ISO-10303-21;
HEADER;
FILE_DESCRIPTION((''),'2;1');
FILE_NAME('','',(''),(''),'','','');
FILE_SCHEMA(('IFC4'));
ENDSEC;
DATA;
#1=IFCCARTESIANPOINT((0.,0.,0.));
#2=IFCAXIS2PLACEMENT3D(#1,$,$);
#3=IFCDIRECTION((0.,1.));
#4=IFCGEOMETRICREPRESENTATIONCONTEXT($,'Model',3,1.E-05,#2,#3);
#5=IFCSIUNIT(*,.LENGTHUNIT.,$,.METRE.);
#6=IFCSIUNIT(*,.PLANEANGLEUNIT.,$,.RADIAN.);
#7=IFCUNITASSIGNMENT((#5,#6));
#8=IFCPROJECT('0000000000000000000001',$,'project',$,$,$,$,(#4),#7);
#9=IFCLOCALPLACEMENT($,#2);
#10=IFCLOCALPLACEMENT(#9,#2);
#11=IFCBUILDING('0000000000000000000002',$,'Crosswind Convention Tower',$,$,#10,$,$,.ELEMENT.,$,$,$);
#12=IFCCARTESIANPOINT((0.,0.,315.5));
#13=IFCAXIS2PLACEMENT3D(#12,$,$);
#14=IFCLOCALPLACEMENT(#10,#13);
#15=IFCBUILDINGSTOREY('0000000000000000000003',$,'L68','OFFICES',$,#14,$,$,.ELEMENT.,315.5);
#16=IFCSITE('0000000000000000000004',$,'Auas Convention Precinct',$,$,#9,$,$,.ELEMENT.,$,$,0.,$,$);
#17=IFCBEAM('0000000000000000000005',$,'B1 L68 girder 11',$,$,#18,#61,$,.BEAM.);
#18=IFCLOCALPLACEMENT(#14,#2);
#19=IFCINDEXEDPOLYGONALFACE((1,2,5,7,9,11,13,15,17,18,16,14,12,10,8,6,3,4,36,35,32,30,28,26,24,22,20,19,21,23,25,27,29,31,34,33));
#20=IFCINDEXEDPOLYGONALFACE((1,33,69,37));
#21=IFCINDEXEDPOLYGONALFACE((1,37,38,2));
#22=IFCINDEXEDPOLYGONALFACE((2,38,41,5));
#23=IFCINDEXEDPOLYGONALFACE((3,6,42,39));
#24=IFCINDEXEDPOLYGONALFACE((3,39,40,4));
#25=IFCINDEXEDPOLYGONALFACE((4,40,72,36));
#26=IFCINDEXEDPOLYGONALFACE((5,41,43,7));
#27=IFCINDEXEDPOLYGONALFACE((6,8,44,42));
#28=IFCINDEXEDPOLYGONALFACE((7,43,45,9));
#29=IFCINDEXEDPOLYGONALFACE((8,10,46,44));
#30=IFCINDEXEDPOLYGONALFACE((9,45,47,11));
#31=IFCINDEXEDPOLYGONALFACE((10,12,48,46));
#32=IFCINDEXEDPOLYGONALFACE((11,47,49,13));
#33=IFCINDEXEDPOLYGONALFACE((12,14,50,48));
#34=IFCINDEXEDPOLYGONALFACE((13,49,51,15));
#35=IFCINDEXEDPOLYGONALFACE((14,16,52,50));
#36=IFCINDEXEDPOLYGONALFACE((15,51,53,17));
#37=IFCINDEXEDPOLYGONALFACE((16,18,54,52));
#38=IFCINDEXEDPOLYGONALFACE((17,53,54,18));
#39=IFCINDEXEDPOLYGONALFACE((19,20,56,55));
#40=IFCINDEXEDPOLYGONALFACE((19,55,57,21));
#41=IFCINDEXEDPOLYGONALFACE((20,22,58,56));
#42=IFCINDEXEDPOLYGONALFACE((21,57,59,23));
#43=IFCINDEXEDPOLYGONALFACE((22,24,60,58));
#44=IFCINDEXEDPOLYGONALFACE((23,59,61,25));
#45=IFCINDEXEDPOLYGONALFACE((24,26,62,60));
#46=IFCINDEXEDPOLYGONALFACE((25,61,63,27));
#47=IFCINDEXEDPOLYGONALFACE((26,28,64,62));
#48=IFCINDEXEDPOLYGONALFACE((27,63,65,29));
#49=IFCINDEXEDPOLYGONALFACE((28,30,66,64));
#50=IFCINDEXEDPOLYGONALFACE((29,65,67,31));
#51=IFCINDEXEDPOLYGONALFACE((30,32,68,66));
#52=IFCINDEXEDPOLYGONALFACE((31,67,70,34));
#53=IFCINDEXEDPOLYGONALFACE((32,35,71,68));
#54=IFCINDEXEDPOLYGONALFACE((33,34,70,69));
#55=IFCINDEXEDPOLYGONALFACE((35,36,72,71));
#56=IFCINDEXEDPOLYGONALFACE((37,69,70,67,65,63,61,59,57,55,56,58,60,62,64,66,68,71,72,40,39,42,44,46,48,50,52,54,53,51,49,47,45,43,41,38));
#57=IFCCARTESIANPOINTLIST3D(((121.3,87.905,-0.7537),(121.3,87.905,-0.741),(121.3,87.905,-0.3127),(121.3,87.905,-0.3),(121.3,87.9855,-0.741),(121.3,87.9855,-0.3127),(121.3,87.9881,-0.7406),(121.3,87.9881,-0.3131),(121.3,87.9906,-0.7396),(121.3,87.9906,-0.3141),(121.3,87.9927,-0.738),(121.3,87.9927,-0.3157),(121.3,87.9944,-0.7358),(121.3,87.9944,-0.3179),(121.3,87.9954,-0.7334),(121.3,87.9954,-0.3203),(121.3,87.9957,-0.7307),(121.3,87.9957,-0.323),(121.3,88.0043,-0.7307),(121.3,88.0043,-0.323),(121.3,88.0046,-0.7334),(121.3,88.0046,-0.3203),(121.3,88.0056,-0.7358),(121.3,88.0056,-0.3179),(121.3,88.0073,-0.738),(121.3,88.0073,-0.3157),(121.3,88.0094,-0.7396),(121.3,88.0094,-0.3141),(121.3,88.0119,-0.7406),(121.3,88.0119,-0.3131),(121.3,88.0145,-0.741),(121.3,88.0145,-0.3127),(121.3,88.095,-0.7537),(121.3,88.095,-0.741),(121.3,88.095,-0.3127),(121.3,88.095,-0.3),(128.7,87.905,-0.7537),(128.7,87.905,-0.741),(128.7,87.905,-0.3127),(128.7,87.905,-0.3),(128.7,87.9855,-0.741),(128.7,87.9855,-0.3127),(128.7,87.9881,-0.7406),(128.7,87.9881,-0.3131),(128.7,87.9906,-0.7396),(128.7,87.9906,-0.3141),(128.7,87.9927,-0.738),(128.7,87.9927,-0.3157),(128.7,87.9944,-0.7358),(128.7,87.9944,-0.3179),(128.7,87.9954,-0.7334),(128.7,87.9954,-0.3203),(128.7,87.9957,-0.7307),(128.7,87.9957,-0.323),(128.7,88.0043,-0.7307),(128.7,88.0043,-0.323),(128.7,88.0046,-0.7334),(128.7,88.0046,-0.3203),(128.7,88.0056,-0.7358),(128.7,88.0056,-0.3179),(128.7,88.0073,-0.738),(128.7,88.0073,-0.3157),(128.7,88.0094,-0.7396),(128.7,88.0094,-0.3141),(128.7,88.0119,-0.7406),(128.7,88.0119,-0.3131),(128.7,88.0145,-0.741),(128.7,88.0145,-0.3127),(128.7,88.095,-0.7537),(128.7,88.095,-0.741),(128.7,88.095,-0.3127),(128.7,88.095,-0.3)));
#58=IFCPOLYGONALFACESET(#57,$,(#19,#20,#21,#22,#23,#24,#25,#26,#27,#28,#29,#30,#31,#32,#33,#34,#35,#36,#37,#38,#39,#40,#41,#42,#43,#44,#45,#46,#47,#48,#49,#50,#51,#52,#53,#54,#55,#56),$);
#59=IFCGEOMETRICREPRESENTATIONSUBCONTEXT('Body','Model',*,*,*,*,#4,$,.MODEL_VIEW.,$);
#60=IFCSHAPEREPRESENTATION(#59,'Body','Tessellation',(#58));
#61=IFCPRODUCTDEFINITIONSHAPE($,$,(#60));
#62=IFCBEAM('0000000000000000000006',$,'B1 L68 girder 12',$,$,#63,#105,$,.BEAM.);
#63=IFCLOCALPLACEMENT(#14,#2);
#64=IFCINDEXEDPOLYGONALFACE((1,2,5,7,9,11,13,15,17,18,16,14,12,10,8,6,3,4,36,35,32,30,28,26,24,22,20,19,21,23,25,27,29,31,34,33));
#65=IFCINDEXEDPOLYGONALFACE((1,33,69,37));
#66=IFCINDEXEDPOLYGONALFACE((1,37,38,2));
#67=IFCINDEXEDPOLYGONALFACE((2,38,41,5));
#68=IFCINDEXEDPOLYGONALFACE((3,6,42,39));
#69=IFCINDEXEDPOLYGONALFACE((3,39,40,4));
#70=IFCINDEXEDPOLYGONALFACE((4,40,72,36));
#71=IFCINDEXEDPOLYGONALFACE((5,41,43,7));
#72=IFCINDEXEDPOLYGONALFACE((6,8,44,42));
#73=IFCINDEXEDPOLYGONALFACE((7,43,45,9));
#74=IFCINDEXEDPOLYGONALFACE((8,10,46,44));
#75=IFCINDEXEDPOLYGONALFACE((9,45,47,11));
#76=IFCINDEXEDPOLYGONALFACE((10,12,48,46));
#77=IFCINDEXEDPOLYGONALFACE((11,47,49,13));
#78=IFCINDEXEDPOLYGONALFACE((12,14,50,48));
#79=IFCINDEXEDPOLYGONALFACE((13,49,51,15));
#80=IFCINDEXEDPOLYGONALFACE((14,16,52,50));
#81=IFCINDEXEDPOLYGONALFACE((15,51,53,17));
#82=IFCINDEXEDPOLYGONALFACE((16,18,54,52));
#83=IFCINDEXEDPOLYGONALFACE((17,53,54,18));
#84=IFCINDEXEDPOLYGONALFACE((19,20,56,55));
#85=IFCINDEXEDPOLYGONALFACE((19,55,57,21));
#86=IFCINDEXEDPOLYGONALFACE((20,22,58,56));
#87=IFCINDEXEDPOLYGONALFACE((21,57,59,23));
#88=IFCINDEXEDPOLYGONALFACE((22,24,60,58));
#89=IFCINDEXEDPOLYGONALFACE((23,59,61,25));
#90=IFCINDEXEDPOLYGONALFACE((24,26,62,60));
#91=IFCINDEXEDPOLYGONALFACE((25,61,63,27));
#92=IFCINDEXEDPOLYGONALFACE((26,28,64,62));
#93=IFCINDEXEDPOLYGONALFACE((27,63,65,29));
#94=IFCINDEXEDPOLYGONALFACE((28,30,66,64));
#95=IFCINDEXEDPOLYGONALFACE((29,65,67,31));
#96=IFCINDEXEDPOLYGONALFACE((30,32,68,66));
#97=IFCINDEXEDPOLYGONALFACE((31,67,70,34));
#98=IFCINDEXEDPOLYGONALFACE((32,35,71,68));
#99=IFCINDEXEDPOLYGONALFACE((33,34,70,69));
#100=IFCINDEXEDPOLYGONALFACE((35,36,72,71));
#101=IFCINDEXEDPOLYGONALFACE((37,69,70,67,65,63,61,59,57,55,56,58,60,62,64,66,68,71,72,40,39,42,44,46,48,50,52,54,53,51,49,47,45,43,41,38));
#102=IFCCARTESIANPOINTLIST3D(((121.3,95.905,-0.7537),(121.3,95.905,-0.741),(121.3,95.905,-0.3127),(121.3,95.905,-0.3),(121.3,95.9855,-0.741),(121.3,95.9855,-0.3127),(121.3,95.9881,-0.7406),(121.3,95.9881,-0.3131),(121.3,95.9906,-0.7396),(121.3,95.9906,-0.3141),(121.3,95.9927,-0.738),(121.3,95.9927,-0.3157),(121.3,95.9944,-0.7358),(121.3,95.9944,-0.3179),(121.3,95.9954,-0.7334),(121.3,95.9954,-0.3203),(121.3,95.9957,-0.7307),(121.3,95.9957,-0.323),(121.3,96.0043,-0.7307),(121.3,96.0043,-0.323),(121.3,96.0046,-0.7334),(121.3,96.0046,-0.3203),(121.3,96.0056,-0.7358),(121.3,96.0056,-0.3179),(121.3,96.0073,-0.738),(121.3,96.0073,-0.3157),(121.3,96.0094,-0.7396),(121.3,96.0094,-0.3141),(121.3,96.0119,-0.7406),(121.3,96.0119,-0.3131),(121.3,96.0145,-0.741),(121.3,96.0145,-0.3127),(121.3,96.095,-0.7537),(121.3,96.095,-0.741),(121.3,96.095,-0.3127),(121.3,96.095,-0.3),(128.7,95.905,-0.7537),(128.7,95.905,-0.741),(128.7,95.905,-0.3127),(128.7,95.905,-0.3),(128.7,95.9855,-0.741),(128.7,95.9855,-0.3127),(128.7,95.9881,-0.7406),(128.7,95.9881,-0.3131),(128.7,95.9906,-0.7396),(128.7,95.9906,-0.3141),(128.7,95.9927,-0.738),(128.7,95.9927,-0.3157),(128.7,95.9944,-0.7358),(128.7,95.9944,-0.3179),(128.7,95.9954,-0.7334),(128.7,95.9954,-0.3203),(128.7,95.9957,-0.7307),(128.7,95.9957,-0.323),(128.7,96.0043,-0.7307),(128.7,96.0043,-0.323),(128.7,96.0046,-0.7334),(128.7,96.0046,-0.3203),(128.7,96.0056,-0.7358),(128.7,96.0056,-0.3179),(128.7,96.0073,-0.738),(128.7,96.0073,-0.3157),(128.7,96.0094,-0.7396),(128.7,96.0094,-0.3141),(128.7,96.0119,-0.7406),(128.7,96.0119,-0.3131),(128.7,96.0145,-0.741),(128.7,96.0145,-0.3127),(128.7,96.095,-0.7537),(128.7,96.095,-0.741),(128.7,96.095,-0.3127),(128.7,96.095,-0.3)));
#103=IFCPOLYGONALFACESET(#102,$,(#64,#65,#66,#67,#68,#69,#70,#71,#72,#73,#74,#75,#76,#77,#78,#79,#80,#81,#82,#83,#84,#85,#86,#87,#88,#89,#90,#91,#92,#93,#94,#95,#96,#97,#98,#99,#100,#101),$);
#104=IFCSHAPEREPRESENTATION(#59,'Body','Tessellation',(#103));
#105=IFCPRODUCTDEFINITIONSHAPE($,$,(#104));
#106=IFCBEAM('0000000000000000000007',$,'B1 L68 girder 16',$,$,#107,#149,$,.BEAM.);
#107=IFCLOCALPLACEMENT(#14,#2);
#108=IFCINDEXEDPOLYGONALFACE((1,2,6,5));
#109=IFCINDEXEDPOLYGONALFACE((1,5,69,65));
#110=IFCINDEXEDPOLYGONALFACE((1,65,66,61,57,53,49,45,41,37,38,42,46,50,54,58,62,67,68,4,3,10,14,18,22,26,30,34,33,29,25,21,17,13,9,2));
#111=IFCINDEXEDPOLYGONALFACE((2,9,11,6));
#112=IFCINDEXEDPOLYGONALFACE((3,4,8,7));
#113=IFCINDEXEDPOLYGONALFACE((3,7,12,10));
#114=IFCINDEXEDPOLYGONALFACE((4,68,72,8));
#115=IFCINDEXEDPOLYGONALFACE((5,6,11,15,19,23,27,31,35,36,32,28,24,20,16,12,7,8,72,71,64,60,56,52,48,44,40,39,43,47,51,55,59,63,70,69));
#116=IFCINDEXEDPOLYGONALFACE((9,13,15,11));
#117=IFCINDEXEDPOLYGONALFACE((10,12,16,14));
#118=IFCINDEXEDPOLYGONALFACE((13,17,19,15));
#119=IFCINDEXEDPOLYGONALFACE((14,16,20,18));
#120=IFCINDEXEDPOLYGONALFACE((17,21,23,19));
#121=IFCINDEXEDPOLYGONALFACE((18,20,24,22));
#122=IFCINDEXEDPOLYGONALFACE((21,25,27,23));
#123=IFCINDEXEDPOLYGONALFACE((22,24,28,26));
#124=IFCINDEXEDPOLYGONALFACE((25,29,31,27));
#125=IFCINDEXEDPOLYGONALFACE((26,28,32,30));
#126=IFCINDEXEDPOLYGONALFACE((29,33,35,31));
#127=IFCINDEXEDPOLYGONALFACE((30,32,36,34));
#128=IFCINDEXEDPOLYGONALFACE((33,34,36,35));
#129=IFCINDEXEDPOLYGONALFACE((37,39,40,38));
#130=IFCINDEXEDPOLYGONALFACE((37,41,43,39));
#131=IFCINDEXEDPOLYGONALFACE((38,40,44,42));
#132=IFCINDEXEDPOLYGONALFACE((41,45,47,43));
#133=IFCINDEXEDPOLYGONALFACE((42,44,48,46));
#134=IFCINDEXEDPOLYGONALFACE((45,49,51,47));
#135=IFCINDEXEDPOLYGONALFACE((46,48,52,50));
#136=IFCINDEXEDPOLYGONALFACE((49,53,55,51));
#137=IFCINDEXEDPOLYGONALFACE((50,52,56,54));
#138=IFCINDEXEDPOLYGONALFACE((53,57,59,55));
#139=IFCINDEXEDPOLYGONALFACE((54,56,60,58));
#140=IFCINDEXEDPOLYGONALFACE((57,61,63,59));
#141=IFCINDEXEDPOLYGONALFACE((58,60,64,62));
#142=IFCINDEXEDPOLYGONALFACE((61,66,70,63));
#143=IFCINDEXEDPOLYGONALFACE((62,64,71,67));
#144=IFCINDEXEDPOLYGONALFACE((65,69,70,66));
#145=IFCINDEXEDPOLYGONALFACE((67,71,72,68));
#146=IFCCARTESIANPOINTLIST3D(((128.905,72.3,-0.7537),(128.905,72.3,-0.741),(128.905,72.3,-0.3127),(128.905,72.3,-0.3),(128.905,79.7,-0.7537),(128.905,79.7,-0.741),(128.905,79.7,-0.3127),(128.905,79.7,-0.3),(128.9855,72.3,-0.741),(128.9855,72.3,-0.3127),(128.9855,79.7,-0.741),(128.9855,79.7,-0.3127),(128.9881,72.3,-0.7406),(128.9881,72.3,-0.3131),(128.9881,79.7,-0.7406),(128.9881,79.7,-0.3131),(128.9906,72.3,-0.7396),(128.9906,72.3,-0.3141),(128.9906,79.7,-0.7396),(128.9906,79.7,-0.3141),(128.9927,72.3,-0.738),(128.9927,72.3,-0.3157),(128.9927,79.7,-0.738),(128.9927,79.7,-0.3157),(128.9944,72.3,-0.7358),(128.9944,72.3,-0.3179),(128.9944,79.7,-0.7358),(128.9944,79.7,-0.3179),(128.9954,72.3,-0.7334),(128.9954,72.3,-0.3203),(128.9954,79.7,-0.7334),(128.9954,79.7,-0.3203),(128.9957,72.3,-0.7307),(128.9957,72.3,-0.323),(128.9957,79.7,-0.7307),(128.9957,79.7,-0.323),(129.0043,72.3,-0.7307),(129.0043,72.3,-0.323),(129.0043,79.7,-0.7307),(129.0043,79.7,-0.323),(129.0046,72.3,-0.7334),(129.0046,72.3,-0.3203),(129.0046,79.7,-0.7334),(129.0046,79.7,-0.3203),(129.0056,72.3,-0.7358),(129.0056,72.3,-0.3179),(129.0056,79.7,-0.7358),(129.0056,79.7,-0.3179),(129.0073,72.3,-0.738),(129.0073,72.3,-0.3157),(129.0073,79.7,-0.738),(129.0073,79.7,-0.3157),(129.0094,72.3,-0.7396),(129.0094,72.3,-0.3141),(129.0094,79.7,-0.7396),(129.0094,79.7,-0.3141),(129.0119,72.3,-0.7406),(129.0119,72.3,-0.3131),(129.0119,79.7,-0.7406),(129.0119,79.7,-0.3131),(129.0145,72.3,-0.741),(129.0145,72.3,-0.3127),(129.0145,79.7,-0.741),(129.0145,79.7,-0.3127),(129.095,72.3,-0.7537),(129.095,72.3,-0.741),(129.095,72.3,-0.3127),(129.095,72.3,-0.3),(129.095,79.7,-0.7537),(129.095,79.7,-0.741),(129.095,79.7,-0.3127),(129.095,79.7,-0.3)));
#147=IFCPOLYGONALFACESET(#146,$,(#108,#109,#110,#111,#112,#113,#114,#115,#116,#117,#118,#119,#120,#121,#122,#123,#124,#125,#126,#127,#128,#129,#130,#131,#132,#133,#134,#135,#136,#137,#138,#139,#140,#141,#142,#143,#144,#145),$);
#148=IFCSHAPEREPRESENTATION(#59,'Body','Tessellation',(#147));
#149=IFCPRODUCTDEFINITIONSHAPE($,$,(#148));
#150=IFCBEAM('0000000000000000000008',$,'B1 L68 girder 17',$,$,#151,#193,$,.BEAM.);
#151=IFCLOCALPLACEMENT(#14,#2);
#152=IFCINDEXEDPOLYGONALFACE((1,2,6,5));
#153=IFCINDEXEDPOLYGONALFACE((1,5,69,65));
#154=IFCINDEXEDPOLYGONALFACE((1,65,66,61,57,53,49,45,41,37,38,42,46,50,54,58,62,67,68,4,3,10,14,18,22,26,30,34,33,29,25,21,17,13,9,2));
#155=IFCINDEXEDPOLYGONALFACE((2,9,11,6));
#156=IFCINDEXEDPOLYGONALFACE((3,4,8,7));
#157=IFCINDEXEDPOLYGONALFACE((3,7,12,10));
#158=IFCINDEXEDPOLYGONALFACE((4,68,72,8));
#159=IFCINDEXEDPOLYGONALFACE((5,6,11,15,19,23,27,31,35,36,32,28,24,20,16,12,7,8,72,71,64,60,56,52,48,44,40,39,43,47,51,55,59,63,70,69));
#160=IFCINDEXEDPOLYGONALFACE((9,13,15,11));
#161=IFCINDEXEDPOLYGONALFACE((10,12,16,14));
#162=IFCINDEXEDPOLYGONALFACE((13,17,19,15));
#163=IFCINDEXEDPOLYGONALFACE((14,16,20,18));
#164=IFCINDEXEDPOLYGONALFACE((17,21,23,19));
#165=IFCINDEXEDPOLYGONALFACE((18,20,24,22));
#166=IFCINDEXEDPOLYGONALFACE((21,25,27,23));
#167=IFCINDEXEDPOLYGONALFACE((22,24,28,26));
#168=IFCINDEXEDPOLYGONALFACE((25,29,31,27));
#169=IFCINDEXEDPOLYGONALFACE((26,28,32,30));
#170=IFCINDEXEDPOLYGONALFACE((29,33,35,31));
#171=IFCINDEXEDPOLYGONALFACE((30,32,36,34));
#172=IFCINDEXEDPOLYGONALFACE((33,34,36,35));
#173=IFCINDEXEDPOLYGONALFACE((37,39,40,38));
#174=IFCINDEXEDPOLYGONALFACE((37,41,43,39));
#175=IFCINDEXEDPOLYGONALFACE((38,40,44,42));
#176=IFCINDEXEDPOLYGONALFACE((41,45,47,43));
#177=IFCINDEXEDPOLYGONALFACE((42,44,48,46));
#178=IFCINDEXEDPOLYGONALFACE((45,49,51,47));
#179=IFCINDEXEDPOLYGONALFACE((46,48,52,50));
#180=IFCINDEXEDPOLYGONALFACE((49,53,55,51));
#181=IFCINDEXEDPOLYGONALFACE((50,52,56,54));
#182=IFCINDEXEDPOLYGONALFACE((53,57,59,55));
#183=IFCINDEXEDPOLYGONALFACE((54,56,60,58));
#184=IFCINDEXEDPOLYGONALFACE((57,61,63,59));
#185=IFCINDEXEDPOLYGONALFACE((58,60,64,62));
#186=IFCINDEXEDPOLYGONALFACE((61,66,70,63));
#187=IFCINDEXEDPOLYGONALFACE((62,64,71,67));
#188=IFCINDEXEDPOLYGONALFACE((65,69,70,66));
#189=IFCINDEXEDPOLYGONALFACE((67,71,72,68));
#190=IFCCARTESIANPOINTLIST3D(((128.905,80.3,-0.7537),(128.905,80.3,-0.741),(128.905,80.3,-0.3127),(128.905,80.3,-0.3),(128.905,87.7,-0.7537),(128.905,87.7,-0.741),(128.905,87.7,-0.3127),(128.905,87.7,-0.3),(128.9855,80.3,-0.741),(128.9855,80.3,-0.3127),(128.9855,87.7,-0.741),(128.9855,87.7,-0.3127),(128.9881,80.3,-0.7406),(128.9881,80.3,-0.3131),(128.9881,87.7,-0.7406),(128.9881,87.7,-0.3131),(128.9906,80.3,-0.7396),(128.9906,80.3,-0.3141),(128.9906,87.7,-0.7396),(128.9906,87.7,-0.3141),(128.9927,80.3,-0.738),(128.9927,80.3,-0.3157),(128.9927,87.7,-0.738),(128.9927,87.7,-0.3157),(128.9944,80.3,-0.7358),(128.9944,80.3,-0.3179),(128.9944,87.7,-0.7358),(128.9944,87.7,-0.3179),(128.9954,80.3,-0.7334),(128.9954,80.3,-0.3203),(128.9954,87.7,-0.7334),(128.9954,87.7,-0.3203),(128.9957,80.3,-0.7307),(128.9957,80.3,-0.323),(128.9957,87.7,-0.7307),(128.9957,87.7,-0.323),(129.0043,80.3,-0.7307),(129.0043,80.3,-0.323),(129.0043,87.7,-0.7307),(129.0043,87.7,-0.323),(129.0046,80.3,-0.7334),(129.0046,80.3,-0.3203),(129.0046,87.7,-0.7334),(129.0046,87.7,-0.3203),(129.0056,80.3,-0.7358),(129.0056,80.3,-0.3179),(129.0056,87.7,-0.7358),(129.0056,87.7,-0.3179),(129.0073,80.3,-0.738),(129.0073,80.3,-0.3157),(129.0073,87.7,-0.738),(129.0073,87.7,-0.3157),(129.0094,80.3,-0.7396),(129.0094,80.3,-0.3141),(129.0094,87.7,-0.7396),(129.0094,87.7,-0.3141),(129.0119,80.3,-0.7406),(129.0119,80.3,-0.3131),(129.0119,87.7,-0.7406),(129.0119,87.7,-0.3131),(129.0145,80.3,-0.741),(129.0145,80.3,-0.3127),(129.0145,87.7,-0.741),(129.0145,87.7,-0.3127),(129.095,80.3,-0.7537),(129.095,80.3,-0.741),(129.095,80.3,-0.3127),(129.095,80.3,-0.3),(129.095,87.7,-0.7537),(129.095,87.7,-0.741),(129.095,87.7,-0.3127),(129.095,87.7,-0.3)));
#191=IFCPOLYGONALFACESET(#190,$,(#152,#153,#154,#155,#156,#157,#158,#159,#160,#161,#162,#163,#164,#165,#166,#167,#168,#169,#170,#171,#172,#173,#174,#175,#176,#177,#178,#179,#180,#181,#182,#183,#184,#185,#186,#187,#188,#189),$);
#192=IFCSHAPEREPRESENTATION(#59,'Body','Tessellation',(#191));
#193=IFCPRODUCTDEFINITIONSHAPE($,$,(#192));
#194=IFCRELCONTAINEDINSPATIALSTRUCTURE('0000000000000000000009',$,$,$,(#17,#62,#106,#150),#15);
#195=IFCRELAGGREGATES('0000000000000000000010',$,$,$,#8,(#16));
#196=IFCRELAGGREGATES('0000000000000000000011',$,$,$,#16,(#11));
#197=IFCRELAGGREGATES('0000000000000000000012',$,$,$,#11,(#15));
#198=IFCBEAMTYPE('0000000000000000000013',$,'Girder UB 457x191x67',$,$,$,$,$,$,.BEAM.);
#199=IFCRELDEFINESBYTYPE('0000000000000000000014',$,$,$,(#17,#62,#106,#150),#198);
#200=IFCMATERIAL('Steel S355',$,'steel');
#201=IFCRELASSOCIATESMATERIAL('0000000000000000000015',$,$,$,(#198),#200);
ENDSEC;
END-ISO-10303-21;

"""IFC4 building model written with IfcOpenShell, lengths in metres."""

from ifc_helpers import new_model, si_unit, direction, frame, origin, origin_2d, place, context, subcontext, project, spatial, i_section, extrude, material, material_profile, profile_set, type_object, element, save


model = new_model("IFC4")

# Units and contexts
model_context = context("Model", 3, precision=1e-05, world=origin(), true_north=direction((0.0, 1.0)))
body_context = subcontext(model_context, "Body", "Model", "MODEL_VIEW")
ifc_project = project(units=[si_unit("LENGTHUNIT", "METRE"), si_unit("PLANEANGLEUNIT", "RADIAN")], contexts=[model_context])

# Site, building, storey
site_placement = place(None, origin())
site = spatial("IfcSite", under=ifc_project, at=site_placement, Name="Auas Convention Precinct", CompositionType="ELEMENT", RefElevation=0.0)
building_placement = place(site_placement, origin())
building = spatial("IfcBuilding", under=site, at=building_placement, Name="Crosswind Convention Tower", CompositionType="ELEMENT")
storey_placement = place(building_placement, frame((0.0, 0.0, 315.5)))
storey = spatial("IfcBuildingStorey", under=building, at=storey_placement, Name="L68", Description="OFFICES", CompositionType="ELEMENT", Elevation=315.5)

# Beams
ifc_material_1 = material(Name="Steel S355", Category="steel")
ifc_material_profile_1 = material_profile(ifc_material_1, i_section(OverallWidth=0.1899, OverallDepth=0.4536, WebThickness=0.0085, FlangeThickness=0.0127, FilletRadius=0.0103, at=origin_2d()), Name="UB 457x191x67")
ifc_profile_set_1 = profile_set([ifc_material_profile_1], Name="Steel S355")
beam_type_1 = type_object("IfcBeamType", Name="Girder UB 457x191x67", PredefinedType="BEAM", material=ifc_profile_set_1)
for number, where, z_axis, x_axis, name in (
    (1, (121.3, 88.0, -0.5269), (1.0, 0.0, 0.0), (0.0, 1.0, 0.0), "B1 L68 girder 11"),
    (2, (121.3, 96.0, -0.5269), (1.0, 0.0, 0.0), (0.0, 1.0, 0.0), "B1 L68 girder 12"),
    (3, (129.0, 72.3, -0.5269), (0.0, 1.0, 0.0), (-1.0, 0.0, 0.0), "B1 L68 girder 16"),
    (4, (129.0, 80.3, -0.5269), (0.0, 1.0, 0.0), (-1.0, 0.0, 0.0), "B1 L68 girder 17"),
):
    element("IfcBeam", number, at=place(storey_placement, frame(where, z_axis=z_axis, x_axis=x_axis)), inside=storey, type_object=beam_type_1, Name=name, PredefinedType="BEAM", context=body_context, shape_type="SweptSolid", body=[
        extrude(i_section(OverallWidth=0.1899, OverallDepth=0.4536, WebThickness=0.0085, FlangeThickness=0.0127, FilletRadius=0.0103, at=origin_2d()), origin(), (0.0, 0.0, 1.0), 7.3999),
    ])

save(model, "model.ifc")
